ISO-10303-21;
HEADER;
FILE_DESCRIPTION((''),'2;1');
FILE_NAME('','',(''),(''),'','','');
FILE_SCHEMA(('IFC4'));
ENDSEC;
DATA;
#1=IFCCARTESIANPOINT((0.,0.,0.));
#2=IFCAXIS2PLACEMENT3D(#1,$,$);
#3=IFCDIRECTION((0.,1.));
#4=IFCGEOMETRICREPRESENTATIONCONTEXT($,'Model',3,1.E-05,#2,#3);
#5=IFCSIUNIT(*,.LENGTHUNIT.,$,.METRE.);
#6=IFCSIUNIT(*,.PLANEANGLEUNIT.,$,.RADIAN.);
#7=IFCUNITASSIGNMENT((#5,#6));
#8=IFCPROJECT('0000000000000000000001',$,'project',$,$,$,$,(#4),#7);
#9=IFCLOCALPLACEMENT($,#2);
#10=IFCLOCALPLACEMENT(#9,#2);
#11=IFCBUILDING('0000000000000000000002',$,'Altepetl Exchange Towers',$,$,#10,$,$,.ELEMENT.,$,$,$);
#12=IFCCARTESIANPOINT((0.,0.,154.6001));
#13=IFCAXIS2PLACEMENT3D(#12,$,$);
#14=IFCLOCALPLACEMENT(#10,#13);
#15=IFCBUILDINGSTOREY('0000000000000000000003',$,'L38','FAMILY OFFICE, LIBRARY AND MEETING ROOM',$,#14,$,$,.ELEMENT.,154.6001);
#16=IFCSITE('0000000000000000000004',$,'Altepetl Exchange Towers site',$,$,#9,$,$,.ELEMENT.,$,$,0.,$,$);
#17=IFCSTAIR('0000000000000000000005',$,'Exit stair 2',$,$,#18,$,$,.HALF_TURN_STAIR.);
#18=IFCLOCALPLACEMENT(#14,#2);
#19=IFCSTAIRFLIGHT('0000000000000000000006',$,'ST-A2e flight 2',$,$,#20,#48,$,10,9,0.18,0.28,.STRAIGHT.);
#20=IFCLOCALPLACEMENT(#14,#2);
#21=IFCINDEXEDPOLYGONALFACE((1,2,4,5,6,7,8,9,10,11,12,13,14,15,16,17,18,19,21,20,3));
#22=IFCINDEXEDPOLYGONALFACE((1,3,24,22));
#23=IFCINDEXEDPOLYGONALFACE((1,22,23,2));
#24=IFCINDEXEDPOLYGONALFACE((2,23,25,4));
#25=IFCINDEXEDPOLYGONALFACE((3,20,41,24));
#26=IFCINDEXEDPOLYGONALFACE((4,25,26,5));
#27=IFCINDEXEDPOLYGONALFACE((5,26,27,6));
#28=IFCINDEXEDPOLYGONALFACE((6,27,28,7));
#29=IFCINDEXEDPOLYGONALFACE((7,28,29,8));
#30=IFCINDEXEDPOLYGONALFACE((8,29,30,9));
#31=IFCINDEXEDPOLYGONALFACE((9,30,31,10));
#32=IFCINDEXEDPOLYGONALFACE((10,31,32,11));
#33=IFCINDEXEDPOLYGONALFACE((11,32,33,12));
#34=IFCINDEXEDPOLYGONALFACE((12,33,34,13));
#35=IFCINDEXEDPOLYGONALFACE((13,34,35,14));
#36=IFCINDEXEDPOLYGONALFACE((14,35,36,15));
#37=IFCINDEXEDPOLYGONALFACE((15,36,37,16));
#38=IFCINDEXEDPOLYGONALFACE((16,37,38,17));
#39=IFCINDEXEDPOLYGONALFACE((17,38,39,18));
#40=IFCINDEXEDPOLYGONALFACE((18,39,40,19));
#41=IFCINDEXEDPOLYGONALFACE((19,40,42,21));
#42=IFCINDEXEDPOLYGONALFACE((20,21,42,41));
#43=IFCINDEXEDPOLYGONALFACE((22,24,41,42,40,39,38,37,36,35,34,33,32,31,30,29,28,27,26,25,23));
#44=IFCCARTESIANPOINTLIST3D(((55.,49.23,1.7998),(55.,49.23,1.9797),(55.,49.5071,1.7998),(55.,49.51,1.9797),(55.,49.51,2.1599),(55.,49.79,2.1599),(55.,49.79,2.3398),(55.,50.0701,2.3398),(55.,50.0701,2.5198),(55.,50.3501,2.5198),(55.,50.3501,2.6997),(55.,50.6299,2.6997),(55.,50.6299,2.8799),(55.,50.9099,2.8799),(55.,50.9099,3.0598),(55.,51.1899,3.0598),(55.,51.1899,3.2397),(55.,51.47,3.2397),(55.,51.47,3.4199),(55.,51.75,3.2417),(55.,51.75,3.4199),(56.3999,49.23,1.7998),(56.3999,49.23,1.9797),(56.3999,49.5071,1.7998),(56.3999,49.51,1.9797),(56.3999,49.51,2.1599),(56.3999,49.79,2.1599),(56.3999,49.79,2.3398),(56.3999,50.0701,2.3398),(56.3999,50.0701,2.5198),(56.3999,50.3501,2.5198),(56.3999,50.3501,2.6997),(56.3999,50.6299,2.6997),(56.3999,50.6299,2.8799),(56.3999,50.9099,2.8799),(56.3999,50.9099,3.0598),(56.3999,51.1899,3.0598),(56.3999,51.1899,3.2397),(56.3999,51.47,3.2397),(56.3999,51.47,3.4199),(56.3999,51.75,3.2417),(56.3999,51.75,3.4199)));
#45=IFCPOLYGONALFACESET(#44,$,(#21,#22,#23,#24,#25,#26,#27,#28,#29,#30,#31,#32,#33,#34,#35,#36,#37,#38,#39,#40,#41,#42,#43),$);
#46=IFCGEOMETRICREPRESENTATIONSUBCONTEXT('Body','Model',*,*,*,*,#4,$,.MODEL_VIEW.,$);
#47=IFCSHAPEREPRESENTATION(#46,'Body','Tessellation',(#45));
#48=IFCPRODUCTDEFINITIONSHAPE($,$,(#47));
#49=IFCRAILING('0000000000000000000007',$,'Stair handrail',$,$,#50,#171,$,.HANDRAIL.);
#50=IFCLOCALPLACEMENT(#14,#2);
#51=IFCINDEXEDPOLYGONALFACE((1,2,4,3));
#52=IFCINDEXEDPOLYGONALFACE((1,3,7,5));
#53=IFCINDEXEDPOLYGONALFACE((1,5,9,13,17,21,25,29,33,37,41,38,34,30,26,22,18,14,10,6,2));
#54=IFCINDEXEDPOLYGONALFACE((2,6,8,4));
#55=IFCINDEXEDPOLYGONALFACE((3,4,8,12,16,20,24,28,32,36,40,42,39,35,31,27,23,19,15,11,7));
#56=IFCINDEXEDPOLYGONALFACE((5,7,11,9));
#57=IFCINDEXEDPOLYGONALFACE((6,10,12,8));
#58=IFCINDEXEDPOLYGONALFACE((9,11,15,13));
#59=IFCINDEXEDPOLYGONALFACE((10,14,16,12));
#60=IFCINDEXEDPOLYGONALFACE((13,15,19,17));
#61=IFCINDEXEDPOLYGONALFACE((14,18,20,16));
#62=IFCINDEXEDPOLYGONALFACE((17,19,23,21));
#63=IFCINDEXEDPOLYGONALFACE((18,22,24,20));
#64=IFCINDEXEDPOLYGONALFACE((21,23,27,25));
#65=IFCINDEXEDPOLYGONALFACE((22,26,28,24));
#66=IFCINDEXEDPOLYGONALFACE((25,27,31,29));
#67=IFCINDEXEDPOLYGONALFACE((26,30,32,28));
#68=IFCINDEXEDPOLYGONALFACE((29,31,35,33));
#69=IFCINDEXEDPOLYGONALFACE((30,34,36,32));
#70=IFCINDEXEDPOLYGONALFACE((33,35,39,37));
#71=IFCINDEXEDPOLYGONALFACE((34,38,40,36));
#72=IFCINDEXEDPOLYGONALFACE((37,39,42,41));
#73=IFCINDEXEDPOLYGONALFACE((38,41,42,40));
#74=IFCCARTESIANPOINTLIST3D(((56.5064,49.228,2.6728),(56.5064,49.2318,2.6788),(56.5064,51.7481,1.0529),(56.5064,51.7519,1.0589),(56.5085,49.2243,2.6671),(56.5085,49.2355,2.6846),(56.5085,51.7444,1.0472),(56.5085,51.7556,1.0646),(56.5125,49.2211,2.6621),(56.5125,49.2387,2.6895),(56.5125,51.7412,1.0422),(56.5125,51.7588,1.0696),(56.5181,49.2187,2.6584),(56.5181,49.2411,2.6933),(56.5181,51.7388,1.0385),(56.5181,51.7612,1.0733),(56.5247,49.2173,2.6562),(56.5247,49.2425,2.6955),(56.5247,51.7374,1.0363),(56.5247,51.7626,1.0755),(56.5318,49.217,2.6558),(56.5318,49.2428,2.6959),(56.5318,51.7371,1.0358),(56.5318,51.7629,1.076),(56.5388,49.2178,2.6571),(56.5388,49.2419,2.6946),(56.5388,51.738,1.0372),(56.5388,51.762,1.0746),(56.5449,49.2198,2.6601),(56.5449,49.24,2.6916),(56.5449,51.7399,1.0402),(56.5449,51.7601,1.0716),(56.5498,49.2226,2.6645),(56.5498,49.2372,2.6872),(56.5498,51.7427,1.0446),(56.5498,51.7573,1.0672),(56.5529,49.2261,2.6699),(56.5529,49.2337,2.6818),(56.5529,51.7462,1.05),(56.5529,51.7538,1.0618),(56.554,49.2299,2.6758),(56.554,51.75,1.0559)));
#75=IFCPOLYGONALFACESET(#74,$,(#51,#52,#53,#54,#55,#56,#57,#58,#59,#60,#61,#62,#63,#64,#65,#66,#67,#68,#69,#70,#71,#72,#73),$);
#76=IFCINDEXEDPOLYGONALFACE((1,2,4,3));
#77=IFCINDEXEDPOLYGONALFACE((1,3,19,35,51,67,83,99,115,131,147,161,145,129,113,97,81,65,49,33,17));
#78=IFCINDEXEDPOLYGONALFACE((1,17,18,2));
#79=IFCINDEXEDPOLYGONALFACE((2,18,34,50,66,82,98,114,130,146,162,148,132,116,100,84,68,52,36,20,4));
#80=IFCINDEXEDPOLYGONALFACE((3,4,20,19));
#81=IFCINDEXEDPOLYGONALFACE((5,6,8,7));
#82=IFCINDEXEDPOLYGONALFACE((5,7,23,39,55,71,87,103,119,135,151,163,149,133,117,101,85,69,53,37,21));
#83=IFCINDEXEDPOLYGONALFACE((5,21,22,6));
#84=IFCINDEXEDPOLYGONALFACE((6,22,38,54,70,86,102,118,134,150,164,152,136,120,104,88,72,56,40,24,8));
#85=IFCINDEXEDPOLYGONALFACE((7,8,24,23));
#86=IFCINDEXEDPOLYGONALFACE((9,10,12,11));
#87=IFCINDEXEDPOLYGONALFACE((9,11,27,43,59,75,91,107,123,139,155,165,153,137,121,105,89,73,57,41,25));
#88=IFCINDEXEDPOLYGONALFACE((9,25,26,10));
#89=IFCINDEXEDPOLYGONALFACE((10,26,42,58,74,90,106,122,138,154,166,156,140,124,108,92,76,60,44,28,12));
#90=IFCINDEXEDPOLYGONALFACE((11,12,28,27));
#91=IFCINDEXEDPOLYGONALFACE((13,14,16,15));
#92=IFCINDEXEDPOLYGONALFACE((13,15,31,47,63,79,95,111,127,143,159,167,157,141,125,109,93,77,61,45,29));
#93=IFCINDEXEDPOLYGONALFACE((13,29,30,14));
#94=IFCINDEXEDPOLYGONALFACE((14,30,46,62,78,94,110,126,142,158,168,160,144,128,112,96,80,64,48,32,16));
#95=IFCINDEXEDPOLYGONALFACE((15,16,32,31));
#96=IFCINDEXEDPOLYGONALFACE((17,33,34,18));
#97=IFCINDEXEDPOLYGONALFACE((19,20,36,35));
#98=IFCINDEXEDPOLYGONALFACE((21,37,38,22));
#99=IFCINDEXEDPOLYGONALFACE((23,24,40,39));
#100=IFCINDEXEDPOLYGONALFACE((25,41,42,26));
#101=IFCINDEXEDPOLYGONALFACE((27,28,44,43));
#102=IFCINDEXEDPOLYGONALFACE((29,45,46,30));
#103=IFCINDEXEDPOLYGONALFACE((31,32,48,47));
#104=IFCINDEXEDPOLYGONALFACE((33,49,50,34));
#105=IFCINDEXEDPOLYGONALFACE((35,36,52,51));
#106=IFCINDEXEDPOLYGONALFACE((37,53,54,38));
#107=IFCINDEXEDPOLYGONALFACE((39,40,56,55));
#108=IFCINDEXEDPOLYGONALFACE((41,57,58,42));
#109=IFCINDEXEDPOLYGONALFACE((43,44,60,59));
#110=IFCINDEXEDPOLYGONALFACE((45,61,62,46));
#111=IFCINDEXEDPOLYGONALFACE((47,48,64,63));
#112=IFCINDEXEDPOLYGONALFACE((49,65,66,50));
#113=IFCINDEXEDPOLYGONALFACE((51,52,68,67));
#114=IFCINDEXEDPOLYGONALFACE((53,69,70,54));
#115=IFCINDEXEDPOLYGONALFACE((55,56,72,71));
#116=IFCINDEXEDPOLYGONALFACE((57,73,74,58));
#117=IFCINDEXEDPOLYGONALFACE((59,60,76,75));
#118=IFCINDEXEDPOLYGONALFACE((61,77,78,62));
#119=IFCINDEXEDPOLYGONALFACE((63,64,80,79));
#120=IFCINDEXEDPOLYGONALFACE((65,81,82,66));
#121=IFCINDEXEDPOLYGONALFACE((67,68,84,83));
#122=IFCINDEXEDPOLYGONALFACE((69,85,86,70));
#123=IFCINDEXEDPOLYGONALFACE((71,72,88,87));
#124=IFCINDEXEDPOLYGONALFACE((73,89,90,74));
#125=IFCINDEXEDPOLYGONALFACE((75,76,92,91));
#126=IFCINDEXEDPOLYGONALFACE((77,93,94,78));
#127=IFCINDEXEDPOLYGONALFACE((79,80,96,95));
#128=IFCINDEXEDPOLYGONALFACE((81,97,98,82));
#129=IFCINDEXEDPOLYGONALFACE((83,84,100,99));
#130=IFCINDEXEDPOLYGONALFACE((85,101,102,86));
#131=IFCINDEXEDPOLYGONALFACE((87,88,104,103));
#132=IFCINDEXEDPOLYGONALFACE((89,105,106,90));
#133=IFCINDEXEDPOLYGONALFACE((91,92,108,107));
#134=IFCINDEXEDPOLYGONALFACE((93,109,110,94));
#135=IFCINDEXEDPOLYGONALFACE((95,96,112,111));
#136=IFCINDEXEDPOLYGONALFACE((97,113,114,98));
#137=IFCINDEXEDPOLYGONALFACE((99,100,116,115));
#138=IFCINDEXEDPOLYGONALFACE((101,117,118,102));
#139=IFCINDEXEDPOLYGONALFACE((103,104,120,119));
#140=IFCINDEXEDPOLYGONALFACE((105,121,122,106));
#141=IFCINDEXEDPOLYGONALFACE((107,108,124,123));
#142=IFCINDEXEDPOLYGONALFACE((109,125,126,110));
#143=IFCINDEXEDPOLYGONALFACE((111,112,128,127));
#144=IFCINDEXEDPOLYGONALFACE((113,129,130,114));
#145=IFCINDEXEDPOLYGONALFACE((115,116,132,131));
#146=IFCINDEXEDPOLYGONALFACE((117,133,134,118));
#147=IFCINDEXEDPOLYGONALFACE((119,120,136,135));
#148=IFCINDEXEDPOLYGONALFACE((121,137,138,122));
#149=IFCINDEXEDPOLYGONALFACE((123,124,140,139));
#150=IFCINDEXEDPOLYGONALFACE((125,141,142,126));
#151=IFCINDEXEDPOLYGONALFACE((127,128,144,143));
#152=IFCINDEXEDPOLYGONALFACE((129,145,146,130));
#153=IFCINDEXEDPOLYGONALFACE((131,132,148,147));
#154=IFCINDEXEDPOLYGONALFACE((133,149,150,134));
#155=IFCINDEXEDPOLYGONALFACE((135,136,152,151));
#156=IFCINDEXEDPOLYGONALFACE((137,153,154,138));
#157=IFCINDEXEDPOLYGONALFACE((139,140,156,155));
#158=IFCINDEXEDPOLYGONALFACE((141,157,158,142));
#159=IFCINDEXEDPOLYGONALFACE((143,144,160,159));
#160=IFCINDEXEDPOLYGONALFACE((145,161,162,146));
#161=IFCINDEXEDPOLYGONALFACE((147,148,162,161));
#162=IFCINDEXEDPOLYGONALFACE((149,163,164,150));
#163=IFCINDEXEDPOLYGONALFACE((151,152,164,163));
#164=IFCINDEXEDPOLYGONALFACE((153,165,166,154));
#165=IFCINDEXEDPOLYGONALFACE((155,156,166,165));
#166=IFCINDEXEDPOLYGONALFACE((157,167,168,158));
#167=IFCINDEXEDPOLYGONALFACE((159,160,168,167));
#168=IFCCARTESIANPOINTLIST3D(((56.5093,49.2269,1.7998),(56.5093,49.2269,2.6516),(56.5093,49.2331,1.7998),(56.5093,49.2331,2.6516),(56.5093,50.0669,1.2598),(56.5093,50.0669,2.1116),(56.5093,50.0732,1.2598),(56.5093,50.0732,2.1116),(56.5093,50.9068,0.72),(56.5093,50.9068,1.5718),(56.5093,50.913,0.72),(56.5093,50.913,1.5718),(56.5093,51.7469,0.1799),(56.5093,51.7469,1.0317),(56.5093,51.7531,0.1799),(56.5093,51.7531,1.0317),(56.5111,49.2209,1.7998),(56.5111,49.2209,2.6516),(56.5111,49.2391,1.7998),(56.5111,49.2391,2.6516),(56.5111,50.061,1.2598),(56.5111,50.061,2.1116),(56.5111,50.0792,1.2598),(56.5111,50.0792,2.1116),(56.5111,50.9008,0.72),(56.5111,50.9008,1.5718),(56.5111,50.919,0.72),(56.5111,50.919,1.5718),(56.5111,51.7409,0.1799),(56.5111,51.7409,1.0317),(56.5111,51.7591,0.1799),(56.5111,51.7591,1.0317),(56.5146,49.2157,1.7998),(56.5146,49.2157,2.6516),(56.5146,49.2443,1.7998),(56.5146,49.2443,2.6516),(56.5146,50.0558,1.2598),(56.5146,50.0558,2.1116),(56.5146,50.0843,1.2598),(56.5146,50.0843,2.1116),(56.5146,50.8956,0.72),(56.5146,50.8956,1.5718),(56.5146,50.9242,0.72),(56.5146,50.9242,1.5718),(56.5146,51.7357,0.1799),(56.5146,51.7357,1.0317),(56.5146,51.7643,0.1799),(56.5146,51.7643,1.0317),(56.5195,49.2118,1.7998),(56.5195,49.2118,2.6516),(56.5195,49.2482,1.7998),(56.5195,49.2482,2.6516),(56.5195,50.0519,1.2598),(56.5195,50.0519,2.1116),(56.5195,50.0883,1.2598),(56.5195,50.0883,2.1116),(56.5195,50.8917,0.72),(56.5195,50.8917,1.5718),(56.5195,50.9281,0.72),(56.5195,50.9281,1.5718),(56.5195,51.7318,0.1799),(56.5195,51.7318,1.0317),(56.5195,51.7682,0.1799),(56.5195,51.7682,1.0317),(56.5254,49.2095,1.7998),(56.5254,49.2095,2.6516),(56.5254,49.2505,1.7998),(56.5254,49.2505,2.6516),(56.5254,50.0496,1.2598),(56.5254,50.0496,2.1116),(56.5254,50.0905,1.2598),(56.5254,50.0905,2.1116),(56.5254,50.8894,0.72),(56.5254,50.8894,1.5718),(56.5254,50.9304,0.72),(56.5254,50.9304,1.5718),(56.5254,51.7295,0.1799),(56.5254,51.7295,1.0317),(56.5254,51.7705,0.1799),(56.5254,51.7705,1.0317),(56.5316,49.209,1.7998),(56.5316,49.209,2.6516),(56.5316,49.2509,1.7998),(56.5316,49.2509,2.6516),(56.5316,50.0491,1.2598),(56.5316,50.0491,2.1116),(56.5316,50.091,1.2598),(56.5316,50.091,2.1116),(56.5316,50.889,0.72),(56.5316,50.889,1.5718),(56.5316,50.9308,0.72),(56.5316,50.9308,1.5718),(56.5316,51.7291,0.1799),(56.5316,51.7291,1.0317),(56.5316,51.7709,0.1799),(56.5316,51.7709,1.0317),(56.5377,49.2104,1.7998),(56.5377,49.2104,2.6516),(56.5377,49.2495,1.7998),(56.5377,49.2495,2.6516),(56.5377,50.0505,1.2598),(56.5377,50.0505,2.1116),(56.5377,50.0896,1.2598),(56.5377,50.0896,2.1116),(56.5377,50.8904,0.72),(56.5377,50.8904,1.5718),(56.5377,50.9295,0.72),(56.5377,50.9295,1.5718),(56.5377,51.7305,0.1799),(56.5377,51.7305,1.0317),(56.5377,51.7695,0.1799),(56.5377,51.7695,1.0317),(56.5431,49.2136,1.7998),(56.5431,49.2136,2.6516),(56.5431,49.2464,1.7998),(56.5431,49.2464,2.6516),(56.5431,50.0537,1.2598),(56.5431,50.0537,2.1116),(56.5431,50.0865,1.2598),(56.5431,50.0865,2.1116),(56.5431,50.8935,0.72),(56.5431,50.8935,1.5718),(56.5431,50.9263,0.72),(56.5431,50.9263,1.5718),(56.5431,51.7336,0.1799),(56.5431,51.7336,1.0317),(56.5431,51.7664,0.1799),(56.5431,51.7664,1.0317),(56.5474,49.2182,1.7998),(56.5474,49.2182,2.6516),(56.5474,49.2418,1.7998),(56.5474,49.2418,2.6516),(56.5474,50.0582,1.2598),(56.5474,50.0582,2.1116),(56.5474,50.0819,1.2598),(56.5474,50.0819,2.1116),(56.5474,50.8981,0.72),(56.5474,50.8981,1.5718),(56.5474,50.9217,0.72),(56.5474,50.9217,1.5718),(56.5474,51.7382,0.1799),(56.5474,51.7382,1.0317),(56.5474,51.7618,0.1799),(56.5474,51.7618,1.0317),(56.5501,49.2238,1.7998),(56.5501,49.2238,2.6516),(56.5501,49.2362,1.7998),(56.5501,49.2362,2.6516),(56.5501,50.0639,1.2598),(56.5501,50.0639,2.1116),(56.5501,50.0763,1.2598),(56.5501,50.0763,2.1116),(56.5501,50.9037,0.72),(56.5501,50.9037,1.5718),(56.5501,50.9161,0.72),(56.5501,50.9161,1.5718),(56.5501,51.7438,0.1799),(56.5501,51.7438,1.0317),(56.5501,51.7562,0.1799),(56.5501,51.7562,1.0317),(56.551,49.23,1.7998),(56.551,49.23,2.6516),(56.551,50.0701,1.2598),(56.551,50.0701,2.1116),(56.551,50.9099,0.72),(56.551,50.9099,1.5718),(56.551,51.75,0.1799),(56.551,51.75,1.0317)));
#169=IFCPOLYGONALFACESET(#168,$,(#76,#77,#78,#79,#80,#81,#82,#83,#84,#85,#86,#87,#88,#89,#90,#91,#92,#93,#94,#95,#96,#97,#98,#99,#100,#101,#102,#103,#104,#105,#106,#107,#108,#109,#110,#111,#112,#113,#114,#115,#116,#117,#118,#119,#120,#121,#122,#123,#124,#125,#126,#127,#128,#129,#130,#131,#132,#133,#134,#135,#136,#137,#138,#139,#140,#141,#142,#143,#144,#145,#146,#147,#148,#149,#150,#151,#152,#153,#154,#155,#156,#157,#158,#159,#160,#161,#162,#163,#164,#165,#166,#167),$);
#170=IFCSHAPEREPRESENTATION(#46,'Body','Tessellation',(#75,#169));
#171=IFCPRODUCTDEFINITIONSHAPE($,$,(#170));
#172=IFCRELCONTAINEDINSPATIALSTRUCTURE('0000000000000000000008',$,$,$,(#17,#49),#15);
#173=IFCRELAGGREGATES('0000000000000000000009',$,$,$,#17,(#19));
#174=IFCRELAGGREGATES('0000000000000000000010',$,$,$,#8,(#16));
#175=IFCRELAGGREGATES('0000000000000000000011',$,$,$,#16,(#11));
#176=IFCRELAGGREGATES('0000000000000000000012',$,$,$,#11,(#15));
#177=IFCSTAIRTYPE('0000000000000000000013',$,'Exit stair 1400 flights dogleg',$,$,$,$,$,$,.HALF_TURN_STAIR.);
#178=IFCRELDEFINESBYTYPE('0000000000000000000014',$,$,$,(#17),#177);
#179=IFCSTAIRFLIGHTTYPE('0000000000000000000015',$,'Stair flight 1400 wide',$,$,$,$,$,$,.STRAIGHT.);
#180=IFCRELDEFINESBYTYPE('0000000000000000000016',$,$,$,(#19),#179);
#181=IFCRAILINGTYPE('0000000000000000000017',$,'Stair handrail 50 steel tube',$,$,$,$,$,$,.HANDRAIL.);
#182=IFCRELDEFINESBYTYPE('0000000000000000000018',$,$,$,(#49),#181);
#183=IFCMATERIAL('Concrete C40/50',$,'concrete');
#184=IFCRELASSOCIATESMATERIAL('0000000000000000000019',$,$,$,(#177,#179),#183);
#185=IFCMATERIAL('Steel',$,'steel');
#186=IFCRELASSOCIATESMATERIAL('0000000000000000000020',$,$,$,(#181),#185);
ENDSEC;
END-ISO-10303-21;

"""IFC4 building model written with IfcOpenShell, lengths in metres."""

from ifc_helpers import new_model, si_unit, direction, frame, origin, origin_2d, place, context, subcontext, project, spatial, polyline, circle, outline, extrude, source, transform, mapped, material, type_object, element, aggregate, save


model = new_model("IFC4")

# Units and contexts
model_context = context("Model", 3, precision=1e-05, world=origin(), true_north=direction((0.0, 1.0)))
body_context = subcontext(model_context, "Body", "Model", "MODEL_VIEW")
ifc_project = project(units=[si_unit("LENGTHUNIT", "METRE"), si_unit("PLANEANGLEUNIT", "RADIAN")], contexts=[model_context])

# Site, building, storey
site_placement = place(None, origin())
site = spatial("IfcSite", under=ifc_project, at=site_placement, Name="Altepetl Exchange Towers site", CompositionType="ELEMENT", RefElevation=0.0)
building_placement = place(site_placement, origin())
building = spatial("IfcBuilding", under=site, at=building_placement, Name="Altepetl Exchange Towers", CompositionType="ELEMENT")
storey_placement = place(building_placement, frame((0.0, 0.0, 154.6001)))
storey = spatial("IfcBuildingStorey", under=building, at=storey_placement, Name="L38", Description="FAMILY OFFICE, LIBRARY AND MEETING ROOM", CompositionType="ELEMENT", Elevation=154.6001)

# Shared definitions
ifc_material_1 = material(Name="Concrete C40/50", Category="concrete")

# Stair, stair flight
stair_type = type_object("IfcStairType", Name="Exit stair 1400 flights dogleg", PredefinedType="HALF_TURN_STAIR", material=ifc_material_1)
stair_placement = place(storey_placement, origin())
stair = element("IfcStair", 1, at=stair_placement, inside=storey, type_object=stair_type, Name="Exit stair 2", PredefinedType="HALF_TURN_STAIR")
stair_flight_type = type_object("IfcStairFlightType", Name="Stair flight 1400 wide", PredefinedType="STRAIGHT", material=ifc_material_1)
stair_flight_1_placement = place(storey_placement, frame((55.7, 49.23, 1.7998), z_axis=(0.0, 0.0, 1.0), x_axis=(0.0, 1.0, 0.0)))
stair_flight_1 = element("IfcStairFlight", 2, at=stair_flight_1_placement, type_object=stair_flight_type, Name="ST-A2e flight 2", NumberOfRisers=10, NumberOfTreads=9, PredefinedType="STRAIGHT", RiserHeight=0.18, TreadLength=0.28, context=body_context, shape_type="SweptSolid", body=[
    extrude(outline(polyline([(0.0, 0.0), (0.0, 0.1799), (0.28, 0.1799), (0.28, 0.3601), (0.5601, 0.3601), (0.5601, 0.54), (0.8401, 0.54), (0.8401, 0.72), (1.1201, 0.72), (1.1201, 0.8999), (1.3999, 0.8999), (1.3999, 1.0801), (1.6799, 1.0801), (1.6799, 1.26), (1.96, 1.26), (1.96, 1.4399), (2.24, 1.4399), (2.24, 1.6201), (2.52, 1.6201), (2.52, 1.8), (2.52, 1.4419), (0.2771, 0.0), (0.0, 0.0)])), frame((0.0, 0.7, 0.0), z_axis=(0.0, -1.0, 0.0), x_axis=(1.0, 0.0, 0.0)), (0.0, 0.0, 1.0), 1.3999),
])
aggregate(stair, [stair_flight_1])

# Railing
ifc_material_2 = material(Name="Steel", Category="steel")
railing_type = type_object("IfcRailingType", Name="Stair handrail 50 steel tube", PredefinedType="HANDRAIL", material=ifc_material_2)
shared_shape = source(origin(), body_context, "Body", "SweptSolid", [
    extrude(circle(Radius=0.021, at=origin_2d()), origin(), (0.0, 0.0, 1.0), 0.8518),
])
railing_1_placement = place(storey_placement, frame((56.53, 51.75, 0.1799)))
element("IfcRailing", 3, at=railing_1_placement, inside=storey, type_object=railing_type, Name="Stair handrail", PredefinedType="HANDRAIL", context=body_context, shape_type="SweptSolid", body=[
    extrude(circle(Radius=0.0239, at=origin_2d()), frame((0.0, 0.0, 0.876), z_axis=(0.0, -0.8412, 0.540725), x_axis=(1.0, 0.0, 0.0)), (0.0, 0.0, 1.0), 2.9958),
    mapped(shared_shape, transform((0.0, 0.0, 0.0))),
    mapped(shared_shape, transform((0.0, -0.8401, 0.54))),
    mapped(shared_shape, transform((0.0, -1.6799, 1.0798))),
    mapped(shared_shape, transform((0.0, -2.52, 1.6199))),
])

save(model, "model.ifc")
